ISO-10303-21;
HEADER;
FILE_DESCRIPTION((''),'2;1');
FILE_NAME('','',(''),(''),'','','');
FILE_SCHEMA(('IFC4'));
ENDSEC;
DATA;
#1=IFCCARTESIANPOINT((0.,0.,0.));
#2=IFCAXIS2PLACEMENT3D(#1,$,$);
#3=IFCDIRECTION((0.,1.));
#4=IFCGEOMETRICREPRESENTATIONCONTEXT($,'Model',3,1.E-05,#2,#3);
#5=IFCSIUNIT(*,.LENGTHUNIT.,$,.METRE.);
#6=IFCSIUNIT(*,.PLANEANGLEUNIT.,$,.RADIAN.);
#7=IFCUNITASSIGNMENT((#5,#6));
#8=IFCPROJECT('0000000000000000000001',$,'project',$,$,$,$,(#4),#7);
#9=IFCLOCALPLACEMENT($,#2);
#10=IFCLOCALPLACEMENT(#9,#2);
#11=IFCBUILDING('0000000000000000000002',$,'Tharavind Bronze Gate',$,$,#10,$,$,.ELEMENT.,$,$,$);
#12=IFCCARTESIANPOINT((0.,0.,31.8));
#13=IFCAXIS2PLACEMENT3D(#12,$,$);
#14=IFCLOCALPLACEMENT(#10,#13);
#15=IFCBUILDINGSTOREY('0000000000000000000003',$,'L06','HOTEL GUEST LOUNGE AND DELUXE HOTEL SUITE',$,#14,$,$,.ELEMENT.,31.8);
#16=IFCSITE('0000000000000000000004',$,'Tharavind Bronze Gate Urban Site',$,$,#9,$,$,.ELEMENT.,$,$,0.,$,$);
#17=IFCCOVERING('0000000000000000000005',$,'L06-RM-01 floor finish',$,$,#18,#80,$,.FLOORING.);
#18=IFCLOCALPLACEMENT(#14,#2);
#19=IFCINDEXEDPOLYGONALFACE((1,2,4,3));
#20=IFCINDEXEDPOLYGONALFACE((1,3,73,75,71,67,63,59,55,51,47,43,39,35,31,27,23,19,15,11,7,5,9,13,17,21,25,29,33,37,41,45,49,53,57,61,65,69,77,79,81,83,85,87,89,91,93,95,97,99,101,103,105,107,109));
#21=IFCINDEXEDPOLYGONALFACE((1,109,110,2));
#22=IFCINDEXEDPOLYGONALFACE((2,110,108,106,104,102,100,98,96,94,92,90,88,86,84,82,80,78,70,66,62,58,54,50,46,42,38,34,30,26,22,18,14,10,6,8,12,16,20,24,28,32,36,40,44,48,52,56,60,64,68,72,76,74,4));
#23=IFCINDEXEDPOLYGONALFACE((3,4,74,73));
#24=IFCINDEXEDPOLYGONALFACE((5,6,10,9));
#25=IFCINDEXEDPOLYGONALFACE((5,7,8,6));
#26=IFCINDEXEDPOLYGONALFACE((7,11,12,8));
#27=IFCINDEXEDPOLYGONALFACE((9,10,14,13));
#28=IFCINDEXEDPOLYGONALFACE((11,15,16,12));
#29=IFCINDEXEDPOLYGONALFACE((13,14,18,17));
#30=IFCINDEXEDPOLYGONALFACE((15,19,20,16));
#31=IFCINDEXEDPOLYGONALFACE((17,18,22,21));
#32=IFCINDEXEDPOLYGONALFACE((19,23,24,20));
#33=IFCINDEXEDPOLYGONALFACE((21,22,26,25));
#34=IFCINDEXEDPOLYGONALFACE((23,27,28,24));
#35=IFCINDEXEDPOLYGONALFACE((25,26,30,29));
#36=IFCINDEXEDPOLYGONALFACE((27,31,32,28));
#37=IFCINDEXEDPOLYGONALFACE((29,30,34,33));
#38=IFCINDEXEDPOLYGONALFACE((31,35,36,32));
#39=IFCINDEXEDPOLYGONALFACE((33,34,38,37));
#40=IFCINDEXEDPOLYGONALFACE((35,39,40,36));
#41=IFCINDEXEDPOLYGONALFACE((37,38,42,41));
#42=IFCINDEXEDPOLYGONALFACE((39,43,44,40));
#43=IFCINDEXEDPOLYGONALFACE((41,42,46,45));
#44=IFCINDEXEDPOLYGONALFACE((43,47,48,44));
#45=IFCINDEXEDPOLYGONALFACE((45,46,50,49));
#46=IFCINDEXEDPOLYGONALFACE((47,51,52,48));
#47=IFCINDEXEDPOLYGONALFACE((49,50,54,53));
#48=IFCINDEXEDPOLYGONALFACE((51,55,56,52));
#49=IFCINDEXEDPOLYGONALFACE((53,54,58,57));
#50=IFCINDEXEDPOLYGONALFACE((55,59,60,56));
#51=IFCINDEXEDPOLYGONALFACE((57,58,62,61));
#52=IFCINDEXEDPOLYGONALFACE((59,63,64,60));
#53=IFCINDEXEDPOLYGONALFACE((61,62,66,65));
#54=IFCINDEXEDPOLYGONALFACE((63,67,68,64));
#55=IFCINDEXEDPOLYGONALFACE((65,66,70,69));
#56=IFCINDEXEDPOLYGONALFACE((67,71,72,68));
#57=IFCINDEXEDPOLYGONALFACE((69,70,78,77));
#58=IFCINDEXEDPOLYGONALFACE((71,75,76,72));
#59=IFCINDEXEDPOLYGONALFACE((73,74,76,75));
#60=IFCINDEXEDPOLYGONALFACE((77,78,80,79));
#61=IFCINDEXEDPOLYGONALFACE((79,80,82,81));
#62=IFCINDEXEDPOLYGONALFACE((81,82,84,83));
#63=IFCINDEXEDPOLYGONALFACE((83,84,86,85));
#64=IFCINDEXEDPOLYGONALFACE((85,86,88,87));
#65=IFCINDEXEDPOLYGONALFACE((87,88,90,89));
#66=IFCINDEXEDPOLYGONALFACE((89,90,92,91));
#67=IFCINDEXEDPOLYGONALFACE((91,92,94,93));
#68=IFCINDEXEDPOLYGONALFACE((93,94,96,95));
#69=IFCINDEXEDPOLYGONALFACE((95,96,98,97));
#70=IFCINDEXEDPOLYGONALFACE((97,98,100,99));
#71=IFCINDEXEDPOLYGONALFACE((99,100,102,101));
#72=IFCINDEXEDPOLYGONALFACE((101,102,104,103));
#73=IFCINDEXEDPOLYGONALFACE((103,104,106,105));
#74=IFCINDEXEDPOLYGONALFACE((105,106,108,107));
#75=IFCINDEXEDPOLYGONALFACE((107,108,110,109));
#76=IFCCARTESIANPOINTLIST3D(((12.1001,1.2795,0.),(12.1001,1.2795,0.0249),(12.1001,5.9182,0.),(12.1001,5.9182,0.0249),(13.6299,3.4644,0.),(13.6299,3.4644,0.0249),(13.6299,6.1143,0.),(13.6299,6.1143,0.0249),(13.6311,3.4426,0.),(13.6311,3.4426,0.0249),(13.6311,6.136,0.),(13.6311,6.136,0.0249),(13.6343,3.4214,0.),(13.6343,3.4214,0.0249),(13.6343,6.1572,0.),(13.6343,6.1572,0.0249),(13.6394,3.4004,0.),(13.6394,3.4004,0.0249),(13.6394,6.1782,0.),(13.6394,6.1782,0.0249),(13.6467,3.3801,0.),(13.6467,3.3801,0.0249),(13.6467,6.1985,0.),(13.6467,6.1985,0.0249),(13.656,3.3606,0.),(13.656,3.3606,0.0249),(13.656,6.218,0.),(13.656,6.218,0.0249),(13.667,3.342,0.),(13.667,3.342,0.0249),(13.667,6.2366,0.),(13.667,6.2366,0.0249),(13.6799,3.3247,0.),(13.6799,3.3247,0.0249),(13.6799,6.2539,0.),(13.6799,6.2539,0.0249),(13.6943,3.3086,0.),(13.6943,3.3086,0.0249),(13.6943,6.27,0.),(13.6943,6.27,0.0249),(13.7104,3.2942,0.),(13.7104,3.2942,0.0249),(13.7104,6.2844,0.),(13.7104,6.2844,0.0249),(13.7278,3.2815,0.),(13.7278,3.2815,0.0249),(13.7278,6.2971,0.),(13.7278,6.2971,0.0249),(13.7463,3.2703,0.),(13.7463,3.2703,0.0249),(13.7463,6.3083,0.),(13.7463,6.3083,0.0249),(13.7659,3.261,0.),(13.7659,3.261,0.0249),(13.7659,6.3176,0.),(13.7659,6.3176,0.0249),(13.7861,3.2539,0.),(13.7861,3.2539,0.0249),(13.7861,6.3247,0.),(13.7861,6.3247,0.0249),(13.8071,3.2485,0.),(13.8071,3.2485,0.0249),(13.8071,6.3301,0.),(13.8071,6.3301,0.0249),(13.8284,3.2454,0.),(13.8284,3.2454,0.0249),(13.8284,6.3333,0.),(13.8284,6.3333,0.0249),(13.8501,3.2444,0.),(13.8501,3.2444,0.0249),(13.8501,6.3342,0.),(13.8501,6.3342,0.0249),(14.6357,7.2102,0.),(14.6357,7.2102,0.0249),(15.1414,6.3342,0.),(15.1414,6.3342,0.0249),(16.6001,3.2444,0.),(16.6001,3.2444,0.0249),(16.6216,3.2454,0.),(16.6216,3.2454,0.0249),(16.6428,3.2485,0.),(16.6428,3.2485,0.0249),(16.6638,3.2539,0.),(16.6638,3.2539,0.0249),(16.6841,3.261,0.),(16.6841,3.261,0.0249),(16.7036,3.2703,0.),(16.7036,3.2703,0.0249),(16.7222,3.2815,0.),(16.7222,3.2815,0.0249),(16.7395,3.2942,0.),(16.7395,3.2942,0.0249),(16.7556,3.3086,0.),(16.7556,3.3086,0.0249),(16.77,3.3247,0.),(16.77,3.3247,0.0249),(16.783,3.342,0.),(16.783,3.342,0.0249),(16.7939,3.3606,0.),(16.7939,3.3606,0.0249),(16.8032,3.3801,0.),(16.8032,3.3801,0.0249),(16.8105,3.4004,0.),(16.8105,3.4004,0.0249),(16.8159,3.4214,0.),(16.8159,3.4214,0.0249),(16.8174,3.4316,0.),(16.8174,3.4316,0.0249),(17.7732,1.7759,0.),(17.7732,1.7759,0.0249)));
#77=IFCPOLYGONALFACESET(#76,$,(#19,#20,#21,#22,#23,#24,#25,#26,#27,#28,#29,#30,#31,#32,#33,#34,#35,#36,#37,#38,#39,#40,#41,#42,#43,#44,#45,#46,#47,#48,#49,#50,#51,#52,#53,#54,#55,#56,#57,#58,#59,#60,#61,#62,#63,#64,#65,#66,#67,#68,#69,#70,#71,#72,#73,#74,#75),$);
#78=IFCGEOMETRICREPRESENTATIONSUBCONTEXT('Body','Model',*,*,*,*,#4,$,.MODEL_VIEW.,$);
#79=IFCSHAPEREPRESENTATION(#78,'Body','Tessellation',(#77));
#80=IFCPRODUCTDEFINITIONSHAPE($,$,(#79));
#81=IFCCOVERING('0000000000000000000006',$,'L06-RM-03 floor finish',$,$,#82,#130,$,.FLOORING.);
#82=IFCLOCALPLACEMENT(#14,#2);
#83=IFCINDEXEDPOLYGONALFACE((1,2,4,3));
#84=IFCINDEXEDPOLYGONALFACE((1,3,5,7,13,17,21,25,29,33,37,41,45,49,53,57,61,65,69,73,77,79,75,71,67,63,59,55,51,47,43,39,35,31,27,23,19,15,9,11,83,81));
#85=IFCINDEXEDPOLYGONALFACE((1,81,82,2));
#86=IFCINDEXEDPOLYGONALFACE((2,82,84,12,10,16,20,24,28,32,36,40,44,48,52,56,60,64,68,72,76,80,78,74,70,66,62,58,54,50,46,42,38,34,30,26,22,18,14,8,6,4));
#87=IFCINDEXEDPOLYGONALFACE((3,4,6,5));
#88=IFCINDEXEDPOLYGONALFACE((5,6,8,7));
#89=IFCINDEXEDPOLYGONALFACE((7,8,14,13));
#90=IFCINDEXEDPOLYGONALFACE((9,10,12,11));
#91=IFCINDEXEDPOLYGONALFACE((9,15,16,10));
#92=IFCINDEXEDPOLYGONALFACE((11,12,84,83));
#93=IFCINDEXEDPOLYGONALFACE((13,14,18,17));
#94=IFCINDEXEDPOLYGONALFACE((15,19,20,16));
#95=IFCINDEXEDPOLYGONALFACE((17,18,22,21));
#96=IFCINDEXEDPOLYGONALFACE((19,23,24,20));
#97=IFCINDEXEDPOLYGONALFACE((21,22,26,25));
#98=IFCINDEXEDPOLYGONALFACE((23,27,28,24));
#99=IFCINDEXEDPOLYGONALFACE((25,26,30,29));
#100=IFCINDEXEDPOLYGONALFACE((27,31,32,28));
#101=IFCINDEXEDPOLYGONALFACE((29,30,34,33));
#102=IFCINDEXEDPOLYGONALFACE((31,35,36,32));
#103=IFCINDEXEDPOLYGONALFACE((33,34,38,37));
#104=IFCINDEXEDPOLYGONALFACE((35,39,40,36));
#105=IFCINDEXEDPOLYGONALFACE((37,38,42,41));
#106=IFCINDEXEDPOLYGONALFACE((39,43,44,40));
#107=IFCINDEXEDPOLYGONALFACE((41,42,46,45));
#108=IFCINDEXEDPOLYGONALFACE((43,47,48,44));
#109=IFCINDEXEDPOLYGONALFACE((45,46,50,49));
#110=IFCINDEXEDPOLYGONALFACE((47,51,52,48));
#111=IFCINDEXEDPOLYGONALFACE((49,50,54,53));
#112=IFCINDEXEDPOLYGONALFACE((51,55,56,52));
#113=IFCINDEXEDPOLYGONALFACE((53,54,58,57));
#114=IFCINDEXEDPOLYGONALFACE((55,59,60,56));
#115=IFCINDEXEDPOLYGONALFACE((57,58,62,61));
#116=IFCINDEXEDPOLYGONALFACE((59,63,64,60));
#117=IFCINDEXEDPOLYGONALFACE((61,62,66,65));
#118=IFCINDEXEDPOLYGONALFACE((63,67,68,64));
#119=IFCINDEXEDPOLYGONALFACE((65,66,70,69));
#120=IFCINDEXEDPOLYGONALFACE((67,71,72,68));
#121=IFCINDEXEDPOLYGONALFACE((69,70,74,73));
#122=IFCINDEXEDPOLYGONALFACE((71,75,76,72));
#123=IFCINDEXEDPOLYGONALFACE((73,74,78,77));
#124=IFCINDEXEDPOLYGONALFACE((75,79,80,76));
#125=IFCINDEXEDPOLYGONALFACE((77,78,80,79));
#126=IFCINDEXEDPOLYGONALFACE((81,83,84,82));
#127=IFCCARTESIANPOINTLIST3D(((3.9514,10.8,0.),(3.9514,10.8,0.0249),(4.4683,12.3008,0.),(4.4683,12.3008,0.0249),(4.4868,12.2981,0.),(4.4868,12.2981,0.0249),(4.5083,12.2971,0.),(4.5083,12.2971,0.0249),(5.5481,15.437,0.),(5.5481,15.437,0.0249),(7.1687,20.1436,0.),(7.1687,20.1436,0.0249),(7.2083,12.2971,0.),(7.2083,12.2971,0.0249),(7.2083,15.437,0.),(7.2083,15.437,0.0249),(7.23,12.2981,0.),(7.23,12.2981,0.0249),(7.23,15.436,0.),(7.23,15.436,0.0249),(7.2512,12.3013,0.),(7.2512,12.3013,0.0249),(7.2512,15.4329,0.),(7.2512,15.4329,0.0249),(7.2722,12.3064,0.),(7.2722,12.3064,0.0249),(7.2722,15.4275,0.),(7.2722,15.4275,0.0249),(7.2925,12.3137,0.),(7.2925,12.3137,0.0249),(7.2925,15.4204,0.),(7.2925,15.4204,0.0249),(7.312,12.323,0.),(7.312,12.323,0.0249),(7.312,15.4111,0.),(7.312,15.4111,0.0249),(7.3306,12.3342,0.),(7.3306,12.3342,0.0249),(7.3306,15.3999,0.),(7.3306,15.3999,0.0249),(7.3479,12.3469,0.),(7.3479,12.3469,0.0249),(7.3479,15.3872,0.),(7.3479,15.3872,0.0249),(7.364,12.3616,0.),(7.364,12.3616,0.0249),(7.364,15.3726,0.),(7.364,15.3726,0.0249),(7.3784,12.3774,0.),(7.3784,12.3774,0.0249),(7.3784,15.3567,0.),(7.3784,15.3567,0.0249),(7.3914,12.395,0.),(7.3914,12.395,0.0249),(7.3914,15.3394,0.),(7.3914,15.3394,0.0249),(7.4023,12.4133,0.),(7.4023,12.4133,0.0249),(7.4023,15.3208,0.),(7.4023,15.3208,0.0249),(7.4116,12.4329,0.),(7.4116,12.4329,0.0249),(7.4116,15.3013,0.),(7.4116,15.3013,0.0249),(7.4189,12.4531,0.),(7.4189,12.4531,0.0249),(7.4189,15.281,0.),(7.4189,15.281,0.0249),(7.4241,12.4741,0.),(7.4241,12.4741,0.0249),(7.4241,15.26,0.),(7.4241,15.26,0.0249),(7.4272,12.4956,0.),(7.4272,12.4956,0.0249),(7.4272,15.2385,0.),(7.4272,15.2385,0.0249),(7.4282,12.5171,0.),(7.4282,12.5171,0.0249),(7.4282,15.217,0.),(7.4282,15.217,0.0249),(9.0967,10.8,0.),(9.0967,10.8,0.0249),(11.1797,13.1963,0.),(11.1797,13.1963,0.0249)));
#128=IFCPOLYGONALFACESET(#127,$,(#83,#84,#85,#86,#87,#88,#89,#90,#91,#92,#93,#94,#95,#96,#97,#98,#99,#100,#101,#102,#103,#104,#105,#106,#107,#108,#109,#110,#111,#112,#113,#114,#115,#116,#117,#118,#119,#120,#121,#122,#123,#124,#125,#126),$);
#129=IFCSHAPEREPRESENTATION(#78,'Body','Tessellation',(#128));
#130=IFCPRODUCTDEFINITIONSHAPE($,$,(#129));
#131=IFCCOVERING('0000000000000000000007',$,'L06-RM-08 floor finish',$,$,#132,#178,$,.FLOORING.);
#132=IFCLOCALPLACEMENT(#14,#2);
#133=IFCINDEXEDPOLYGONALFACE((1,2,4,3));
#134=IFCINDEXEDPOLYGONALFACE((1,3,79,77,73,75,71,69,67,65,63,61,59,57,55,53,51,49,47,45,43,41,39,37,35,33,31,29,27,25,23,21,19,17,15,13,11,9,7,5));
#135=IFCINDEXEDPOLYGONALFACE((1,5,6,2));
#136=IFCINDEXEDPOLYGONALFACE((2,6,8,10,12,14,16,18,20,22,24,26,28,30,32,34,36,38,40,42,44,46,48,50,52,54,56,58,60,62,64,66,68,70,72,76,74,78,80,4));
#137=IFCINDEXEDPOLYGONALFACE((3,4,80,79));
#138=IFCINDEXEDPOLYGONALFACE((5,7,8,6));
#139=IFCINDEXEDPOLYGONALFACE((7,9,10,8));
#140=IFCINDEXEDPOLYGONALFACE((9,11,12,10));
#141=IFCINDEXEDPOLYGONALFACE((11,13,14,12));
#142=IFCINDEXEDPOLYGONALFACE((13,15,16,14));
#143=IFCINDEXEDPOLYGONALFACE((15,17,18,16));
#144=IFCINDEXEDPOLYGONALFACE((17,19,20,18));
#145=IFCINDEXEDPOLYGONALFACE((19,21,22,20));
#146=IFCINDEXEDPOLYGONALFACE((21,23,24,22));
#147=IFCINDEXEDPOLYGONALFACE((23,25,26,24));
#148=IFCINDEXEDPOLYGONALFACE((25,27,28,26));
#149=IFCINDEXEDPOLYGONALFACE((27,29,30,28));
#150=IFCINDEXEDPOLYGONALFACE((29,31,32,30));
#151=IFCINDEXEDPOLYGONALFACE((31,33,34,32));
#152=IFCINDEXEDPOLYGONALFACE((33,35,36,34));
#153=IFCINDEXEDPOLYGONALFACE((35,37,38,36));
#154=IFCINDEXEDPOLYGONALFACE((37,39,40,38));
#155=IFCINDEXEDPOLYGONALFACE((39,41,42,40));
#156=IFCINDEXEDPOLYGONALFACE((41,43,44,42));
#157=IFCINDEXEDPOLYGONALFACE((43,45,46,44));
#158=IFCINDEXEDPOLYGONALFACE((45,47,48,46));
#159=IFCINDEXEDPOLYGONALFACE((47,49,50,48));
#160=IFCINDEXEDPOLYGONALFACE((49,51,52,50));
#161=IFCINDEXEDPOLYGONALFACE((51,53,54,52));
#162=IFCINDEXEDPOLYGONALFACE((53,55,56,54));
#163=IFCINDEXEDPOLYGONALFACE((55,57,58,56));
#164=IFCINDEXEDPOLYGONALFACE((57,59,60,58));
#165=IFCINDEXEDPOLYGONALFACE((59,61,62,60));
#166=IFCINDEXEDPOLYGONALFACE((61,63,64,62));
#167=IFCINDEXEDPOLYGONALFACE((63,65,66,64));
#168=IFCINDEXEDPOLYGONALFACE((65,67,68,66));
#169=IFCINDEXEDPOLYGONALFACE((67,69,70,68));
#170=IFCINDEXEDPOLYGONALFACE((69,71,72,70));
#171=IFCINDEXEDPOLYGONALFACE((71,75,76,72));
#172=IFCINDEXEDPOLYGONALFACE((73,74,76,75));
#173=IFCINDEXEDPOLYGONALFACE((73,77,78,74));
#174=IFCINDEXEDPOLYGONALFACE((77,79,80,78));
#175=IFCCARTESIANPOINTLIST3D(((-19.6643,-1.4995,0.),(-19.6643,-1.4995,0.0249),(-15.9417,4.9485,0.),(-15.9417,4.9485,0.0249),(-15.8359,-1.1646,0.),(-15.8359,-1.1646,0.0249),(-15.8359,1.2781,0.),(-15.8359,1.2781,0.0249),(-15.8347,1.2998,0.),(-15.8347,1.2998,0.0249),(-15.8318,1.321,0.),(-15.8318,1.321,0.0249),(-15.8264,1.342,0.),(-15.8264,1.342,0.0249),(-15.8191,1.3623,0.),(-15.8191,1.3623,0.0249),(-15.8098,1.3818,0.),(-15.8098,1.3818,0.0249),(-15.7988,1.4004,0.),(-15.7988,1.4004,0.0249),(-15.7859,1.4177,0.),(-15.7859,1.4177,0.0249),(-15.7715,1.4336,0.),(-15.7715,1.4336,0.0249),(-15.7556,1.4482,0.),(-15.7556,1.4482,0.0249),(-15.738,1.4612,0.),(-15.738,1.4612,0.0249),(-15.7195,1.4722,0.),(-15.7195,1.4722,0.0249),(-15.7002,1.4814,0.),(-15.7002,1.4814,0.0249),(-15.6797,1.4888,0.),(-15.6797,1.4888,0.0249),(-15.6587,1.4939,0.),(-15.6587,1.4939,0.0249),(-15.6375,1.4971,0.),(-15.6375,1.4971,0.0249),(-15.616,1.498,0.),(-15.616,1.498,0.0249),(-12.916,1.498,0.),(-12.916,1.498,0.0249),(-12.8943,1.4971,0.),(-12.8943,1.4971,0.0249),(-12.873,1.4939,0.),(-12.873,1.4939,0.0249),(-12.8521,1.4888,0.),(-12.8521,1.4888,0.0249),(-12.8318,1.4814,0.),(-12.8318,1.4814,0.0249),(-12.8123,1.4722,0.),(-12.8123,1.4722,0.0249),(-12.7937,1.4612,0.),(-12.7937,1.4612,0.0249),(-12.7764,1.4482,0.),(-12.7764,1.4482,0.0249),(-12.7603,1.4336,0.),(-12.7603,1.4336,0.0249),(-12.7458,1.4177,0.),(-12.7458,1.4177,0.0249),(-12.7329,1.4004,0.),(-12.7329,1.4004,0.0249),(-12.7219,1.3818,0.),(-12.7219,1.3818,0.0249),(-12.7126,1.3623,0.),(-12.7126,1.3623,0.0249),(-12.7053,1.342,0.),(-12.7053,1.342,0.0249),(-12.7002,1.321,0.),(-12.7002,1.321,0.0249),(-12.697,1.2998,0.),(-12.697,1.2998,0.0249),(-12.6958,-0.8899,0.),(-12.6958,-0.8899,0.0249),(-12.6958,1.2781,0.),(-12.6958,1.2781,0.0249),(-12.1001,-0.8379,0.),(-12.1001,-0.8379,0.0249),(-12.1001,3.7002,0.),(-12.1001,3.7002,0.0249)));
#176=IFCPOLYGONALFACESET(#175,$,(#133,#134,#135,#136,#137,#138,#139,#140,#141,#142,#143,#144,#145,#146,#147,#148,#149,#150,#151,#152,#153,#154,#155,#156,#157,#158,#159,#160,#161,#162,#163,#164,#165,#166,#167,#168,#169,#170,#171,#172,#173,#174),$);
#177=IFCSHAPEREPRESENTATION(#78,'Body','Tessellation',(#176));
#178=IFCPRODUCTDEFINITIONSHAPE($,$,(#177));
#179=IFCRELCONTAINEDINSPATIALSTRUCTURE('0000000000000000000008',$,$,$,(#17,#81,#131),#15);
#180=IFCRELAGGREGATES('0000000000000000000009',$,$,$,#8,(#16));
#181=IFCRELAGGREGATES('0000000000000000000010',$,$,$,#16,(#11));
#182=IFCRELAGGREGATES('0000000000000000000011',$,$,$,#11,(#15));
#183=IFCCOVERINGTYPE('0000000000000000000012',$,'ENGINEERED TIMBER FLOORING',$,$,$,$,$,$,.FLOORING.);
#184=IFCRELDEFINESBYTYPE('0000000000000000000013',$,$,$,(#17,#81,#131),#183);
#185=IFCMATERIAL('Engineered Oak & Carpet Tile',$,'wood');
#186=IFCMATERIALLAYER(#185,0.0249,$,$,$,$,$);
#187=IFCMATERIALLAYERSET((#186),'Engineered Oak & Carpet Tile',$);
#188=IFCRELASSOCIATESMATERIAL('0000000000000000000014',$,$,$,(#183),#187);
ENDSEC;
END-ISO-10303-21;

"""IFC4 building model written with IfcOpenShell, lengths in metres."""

from ifc_helpers import new_model, si_unit, direction, frame, origin, place, context, subcontext, project, spatial, polyline, outline, extrude, material, layer, layer_set, type_object, element, save


model = new_model("IFC4")

# Units and contexts
model_context = context("Model", 3, precision=1e-05, world=origin(), true_north=direction((0.0, 1.0)))
body_context = subcontext(model_context, "Body", "Model", "MODEL_VIEW")
ifc_project = project(units=[si_unit("LENGTHUNIT", "METRE"), si_unit("PLANEANGLEUNIT", "RADIAN")], contexts=[model_context])

# Site, building, storey
site_placement = place(None, origin())
site = spatial("IfcSite", under=ifc_project, at=site_placement, Name="Tharavind Bronze Gate Urban Site", CompositionType="ELEMENT", RefElevation=0.0)
building_placement = place(site_placement, origin())
building = spatial("IfcBuilding", under=site, at=building_placement, Name="Tharavind Bronze Gate", CompositionType="ELEMENT")
storey_placement = place(building_placement, frame((0.0, 0.0, 31.8)))
storey = spatial("IfcBuildingStorey", under=building, at=storey_placement, Name="L06", Description="HOTEL GUEST LOUNGE AND DELUXE HOTEL SUITE", CompositionType="ELEMENT", Elevation=31.8)

# Coverings
ifc_material_1 = material(Name="Engineered Oak & Carpet Tile", Category="wood")
ifc_layer_1 = layer(ifc_material_1, 0.0249)
ifc_layer_set_1 = layer_set([ifc_layer_1], Name="Engineered Oak & Carpet Tile")
covering_type_1 = type_object("IfcCoveringType", Name="ENGINEERED TIMBER FLOORING", PredefinedType="FLOORING", material=ifc_layer_set_1)
covering_1_placement = place(storey_placement, origin())
element("IfcCovering", 1, at=covering_1_placement, inside=storey, type_object=covering_type_1, Name="L06-RM-01 floor finish", PredefinedType="FLOORING", context=body_context, shape_type="SweptSolid", body=[
    extrude(outline(polyline([(17.7732, 1.7759), (16.8174, 3.4316), (16.8159, 3.4214), (16.8105, 3.4004), (16.8032, 3.3801), (16.7939, 3.3606), (16.783, 3.342), (16.77, 3.3247), (16.7556, 3.3086), (16.7395, 3.2942), (16.7222, 3.2815), (16.7036, 3.2703), (16.6841, 3.261), (16.6638, 3.2539), (16.6428, 3.2485), (16.6216, 3.2454), (16.6001, 3.2444), (13.8501, 3.2444), (13.8284, 3.2454), (13.8071, 3.2485), (13.7861, 3.2539), (13.7659, 3.261), (13.7463, 3.2703), (13.7278, 3.2815), (13.7104, 3.2942), (13.6943, 3.3086), (13.6799, 3.3247), (13.667, 3.342), (13.656, 3.3606), (13.6467, 3.3801), (13.6394, 3.4004), (13.6343, 3.4214), (13.6311, 3.4426), (13.6299, 3.4644), (13.6299, 6.1143), (13.6311, 6.136), (13.6343, 6.1572), (13.6394, 6.1782), (13.6467, 6.1985), (13.656, 6.218), (13.667, 6.2366), (13.6799, 6.2539), (13.6943, 6.27), (13.7104, 6.2844), (13.7278, 6.2971), (13.7463, 6.3083), (13.7659, 6.3176), (13.7861, 6.3247), (13.8071, 6.3301), (13.8284, 6.3333), (13.8501, 6.3342), (15.1414, 6.3342), (14.6357, 7.2102), (12.1001, 5.9182), (12.1001, 1.2795), (17.7732, 1.7759)])), origin(), (0.0, 0.0, 1.0), 0.0249),
])
covering_2_placement = place(storey_placement, origin())
element("IfcCovering", 2, at=covering_2_placement, inside=storey, type_object=covering_type_1, Name="L06-RM-03 floor finish", PredefinedType="FLOORING", context=body_context, shape_type="SweptSolid", body=[
    extrude(outline(polyline([(9.0967, 10.8), (11.1797, 13.1963), (7.1687, 20.1436), (5.5481, 15.437), (7.2083, 15.437), (7.23, 15.436), (7.2512, 15.4329), (7.2722, 15.4275), (7.2925, 15.4204), (7.312, 15.4111), (7.3306, 15.3999), (7.3479, 15.3872), (7.364, 15.3726), (7.3784, 15.3567), (7.3914, 15.3394), (7.4023, 15.3208), (7.4116, 15.3013), (7.4189, 15.281), (7.4241, 15.26), (7.4272, 15.2385), (7.4282, 15.217), (7.4282, 12.5171), (7.4272, 12.4956), (7.4241, 12.4741), (7.4189, 12.4531), (7.4116, 12.4329), (7.4023, 12.4133), (7.3914, 12.395), (7.3784, 12.3774), (7.364, 12.3616), (7.3479, 12.3469), (7.3306, 12.3342), (7.312, 12.323), (7.2925, 12.3137), (7.2722, 12.3064), (7.2512, 12.3013), (7.23, 12.2981), (7.2083, 12.2971), (4.5083, 12.2971), (4.4868, 12.2981), (4.4683, 12.3008), (3.9514, 10.8), (9.0967, 10.8)])), origin(), (0.0, 0.0, 1.0), 0.0249),
])
covering_3_placement = place(storey_placement, origin())
element("IfcCovering", 3, at=covering_3_placement, inside=storey, type_object=covering_type_1, Name="L06-RM-08 floor finish", PredefinedType="FLOORING", context=body_context, shape_type="SweptSolid", body=[
    extrude(outline(polyline([(-15.8359, -1.1646), (-15.8359, 1.2781), (-15.8347, 1.2998), (-15.8318, 1.321), (-15.8264, 1.342), (-15.8191, 1.3623), (-15.8098, 1.3818), (-15.7988, 1.4004), (-15.7859, 1.4177), (-15.7715, 1.4336), (-15.7556, 1.4482), (-15.738, 1.4612), (-15.7195, 1.4722), (-15.7002, 1.4814), (-15.6797, 1.4888), (-15.6587, 1.4939), (-15.6375, 1.4971), (-15.616, 1.498), (-12.916, 1.498), (-12.8943, 1.4971), (-12.873, 1.4939), (-12.8521, 1.4888), (-12.8318, 1.4814), (-12.8123, 1.4722), (-12.7937, 1.4612), (-12.7764, 1.4482), (-12.7603, 1.4336), (-12.7458, 1.4177), (-12.7329, 1.4004), (-12.7219, 1.3818), (-12.7126, 1.3623), (-12.7053, 1.342), (-12.7002, 1.321), (-12.697, 1.2998), (-12.6958, 1.2781), (-12.6958, -0.8899), (-12.1001, -0.8379), (-12.1001, 3.7002), (-15.9417, 4.9485), (-19.6643, -1.4995), (-15.8359, -1.1646)])), origin(), (0.0, 0.0, 1.0), 0.0249),
])

save(model, "model.ifc")
